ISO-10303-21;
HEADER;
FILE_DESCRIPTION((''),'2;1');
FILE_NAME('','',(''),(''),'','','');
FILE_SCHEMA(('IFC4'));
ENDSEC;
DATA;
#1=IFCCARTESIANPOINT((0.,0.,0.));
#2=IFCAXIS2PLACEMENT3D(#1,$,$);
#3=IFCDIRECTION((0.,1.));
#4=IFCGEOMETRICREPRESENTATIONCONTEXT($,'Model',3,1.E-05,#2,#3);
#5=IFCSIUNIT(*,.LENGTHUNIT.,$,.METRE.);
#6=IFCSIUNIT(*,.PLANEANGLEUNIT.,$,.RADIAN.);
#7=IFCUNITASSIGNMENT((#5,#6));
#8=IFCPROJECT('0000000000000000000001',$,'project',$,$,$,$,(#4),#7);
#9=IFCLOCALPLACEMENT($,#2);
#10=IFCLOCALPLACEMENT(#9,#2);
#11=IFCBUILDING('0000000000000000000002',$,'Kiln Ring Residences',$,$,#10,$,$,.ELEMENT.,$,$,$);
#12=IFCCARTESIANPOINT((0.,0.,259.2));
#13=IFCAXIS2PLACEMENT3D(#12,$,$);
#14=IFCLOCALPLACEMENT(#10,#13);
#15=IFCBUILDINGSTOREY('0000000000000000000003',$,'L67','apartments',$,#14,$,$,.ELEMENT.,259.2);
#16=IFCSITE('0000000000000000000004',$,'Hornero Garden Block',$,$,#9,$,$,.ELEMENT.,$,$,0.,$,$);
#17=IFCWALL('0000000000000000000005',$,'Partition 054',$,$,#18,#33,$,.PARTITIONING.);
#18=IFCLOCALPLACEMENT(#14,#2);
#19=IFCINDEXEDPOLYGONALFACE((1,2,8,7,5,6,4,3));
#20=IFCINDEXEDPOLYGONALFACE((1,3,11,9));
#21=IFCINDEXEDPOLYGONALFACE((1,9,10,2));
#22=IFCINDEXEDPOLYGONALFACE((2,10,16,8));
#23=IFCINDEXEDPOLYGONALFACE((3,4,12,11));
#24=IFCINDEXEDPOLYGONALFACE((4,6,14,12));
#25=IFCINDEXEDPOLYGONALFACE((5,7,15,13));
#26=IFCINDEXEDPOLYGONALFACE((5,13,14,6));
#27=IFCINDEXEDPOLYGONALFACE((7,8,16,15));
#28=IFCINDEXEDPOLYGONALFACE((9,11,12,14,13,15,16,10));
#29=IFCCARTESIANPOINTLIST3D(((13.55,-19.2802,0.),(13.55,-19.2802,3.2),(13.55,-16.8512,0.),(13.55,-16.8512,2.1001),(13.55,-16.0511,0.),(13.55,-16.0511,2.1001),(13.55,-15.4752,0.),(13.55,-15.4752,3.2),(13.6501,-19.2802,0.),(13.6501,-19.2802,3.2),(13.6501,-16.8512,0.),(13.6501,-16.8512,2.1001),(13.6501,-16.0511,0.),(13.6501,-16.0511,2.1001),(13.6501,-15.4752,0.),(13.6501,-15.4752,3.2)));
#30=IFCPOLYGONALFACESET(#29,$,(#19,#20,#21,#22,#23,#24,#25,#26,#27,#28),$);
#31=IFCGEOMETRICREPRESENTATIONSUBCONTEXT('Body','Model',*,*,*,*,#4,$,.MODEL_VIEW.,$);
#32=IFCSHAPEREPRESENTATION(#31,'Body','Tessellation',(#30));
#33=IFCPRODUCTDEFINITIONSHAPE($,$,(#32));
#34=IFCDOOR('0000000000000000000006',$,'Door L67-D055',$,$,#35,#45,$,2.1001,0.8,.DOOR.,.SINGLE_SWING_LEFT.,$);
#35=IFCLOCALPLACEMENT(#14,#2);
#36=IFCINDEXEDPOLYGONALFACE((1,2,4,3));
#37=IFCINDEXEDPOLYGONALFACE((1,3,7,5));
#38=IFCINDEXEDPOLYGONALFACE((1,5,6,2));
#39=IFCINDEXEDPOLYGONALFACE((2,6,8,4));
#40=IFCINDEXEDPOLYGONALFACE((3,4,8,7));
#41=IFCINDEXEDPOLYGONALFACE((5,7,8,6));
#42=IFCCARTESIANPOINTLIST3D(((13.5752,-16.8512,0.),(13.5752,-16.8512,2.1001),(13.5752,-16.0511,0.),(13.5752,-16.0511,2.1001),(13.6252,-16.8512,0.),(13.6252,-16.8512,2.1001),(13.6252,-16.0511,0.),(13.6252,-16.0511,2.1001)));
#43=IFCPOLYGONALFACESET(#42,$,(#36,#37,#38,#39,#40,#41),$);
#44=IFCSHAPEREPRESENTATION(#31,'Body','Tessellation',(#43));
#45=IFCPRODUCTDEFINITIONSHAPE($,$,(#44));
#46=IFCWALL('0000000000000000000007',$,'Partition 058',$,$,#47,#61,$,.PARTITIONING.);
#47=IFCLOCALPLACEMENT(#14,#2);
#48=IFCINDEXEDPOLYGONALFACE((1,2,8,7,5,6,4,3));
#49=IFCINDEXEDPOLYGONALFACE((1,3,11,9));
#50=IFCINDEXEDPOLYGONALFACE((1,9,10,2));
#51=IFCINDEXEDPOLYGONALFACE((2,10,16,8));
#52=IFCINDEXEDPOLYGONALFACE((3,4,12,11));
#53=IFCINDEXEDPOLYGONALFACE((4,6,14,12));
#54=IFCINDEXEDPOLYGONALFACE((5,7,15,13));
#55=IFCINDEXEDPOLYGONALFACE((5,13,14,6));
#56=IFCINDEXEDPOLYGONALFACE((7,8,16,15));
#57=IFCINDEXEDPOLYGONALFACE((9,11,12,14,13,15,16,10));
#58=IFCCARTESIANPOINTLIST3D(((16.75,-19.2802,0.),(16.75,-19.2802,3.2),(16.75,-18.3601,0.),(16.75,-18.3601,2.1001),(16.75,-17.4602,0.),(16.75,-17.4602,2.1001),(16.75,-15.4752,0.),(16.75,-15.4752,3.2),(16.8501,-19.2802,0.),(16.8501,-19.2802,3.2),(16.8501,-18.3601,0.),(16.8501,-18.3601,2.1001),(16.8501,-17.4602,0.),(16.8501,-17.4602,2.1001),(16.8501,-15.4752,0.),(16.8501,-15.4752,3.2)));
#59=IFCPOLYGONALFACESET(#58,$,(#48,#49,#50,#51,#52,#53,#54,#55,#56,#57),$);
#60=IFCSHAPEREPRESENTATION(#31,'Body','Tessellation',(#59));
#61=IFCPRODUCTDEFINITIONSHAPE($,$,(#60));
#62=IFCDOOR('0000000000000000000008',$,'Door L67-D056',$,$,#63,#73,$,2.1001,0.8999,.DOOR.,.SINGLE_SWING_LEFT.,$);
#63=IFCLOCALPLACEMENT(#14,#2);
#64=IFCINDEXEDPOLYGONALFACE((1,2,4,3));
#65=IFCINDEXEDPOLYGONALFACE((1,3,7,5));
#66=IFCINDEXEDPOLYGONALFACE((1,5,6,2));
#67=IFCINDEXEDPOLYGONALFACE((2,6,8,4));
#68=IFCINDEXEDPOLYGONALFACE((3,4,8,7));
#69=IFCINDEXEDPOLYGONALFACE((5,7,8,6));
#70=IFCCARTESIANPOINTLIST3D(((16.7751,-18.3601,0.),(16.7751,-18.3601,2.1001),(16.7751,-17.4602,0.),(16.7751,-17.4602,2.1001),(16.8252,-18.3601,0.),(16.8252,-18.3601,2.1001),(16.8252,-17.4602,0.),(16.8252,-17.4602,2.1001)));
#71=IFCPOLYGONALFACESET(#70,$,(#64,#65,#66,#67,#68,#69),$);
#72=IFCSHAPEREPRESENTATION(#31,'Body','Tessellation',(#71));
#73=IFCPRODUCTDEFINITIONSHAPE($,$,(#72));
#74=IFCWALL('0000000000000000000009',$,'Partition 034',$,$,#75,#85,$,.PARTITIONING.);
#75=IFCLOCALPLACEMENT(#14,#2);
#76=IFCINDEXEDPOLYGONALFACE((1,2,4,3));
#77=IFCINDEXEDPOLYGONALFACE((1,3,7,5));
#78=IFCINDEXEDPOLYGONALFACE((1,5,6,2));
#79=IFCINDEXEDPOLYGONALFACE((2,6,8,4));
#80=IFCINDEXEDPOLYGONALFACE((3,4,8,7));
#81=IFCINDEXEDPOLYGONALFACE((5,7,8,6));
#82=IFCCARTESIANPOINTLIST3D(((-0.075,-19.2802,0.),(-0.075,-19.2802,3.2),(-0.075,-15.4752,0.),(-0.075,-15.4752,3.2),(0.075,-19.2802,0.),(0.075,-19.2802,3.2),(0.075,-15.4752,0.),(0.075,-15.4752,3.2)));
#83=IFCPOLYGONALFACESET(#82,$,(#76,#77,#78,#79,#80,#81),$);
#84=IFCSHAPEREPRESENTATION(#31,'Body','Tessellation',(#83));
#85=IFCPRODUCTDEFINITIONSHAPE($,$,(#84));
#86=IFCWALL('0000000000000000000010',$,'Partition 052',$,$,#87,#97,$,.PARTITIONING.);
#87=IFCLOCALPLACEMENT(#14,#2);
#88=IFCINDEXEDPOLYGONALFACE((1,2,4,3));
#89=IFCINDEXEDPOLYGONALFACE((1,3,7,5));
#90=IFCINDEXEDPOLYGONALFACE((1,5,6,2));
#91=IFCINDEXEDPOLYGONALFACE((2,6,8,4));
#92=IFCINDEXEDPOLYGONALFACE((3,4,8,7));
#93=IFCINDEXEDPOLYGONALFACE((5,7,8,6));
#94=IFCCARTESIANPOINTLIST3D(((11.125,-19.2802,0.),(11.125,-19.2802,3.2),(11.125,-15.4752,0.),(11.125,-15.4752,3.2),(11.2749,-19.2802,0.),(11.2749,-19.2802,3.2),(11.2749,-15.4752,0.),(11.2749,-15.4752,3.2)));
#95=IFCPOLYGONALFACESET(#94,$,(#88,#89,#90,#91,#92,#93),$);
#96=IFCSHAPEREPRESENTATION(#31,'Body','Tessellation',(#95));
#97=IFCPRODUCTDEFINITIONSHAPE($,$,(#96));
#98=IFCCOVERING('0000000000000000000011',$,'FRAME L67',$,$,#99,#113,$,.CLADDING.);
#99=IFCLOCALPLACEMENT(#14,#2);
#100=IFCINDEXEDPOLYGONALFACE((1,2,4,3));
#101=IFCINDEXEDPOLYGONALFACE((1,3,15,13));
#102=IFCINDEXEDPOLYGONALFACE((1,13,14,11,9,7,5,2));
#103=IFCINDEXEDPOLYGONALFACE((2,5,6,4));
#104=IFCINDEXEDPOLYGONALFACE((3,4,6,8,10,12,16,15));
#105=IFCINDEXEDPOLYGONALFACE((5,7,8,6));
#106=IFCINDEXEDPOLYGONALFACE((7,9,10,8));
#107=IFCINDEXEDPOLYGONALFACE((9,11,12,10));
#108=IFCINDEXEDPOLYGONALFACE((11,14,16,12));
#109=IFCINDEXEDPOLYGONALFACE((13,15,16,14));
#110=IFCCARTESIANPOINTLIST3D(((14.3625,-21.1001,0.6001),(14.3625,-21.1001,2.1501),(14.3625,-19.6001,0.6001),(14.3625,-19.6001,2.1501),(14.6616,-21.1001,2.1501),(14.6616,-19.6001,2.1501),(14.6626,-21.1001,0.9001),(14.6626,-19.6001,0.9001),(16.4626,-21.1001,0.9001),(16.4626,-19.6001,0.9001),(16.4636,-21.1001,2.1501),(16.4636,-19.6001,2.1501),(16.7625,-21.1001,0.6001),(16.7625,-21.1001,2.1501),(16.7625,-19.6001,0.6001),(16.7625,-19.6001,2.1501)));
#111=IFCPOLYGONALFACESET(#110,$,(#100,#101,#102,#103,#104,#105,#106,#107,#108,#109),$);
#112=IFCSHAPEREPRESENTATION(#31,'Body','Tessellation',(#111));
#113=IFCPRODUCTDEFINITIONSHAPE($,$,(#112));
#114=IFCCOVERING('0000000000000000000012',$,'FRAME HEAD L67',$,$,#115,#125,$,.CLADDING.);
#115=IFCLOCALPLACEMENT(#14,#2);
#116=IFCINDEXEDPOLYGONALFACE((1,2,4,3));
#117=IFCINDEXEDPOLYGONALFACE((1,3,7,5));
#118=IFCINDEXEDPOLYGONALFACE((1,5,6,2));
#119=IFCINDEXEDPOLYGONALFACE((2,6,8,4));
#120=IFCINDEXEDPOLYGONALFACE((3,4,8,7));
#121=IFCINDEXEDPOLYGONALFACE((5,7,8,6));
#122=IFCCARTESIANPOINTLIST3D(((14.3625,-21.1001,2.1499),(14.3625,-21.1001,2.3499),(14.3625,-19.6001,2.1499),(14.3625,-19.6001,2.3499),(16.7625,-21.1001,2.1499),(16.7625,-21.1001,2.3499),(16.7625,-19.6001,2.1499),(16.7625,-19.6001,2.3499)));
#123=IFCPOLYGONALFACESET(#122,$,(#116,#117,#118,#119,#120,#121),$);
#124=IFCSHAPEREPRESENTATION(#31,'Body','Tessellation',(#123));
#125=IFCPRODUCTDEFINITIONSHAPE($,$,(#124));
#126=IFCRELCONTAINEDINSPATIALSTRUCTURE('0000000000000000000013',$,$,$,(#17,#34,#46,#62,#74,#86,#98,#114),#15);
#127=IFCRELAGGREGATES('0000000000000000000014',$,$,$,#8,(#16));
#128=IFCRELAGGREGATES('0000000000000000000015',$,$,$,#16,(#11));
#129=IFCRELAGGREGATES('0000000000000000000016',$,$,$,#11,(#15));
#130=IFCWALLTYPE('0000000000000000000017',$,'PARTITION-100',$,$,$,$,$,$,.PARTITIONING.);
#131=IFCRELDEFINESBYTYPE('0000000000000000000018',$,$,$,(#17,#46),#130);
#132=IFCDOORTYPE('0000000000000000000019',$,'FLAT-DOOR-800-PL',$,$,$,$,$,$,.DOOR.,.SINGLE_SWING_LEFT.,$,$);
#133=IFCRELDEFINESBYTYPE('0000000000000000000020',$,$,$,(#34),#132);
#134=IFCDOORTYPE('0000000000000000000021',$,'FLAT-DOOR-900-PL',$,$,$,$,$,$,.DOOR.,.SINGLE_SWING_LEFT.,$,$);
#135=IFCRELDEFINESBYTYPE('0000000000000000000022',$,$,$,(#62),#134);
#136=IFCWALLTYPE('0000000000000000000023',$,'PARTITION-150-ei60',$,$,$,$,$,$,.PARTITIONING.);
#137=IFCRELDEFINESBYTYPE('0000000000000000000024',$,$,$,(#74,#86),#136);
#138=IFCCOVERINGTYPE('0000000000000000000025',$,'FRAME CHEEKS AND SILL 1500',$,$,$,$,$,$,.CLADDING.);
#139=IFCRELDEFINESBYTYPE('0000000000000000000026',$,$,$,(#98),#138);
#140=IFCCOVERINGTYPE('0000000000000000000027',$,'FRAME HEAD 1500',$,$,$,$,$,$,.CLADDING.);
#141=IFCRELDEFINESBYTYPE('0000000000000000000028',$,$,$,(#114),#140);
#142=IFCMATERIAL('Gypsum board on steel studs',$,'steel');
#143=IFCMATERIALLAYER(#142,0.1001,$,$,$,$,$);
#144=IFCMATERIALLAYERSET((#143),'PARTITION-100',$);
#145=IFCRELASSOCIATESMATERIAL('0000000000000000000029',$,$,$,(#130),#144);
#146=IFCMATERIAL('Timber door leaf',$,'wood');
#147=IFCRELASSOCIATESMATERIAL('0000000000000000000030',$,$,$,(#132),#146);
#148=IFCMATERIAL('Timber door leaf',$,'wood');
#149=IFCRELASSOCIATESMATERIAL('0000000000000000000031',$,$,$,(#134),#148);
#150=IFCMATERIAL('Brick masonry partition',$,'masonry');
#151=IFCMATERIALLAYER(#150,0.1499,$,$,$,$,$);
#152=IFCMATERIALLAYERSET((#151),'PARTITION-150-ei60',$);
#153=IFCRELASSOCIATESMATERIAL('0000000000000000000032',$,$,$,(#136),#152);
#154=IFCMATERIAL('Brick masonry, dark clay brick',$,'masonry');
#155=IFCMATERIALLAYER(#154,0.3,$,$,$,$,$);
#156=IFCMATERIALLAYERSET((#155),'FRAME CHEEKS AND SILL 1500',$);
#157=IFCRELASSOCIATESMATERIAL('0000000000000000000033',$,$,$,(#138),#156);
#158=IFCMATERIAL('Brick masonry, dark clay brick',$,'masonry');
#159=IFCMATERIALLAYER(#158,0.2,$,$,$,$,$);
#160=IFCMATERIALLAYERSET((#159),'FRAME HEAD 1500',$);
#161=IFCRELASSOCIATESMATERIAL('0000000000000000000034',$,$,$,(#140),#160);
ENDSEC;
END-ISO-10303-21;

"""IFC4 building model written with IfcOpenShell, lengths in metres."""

from ifc_helpers import new_model, si_unit, direction, frame, frame_2d, origin, origin_2d, place, context, subcontext, project, spatial, polyline, rectangle, outline, extrude, material, layer, layer_set, type_object, element, fill, save


model = new_model("IFC4")

# Units and contexts
model_context = context("Model", 3, precision=1e-05, world=origin(), true_north=direction((0.0, 1.0)))
body_context = subcontext(model_context, "Body", "Model", "MODEL_VIEW")
ifc_project = project(units=[si_unit("LENGTHUNIT", "METRE"), si_unit("PLANEANGLEUNIT", "RADIAN")], contexts=[model_context])

# Site, building, storey
site_placement = place(None, origin())
site = spatial("IfcSite", under=ifc_project, at=site_placement, Name="Hornero Garden Block", CompositionType="ELEMENT", RefElevation=0.0)
building_placement = place(site_placement, origin())
building = spatial("IfcBuilding", under=site, at=building_placement, Name="Kiln Ring Residences", CompositionType="ELEMENT")
storey_placement = place(building_placement, frame((0.0, 0.0, 259.2)))
storey = spatial("IfcBuildingStorey", under=building, at=storey_placement, Name="L67", Description="apartments", CompositionType="ELEMENT", Elevation=259.2)

# Walls, openings, doors
ifc_material_1 = material(Name="Gypsum board on steel studs", Category="steel")
ifc_layer_1 = layer(ifc_material_1, 0.1001)
ifc_layer_set_1 = layer_set([ifc_layer_1], Name="PARTITION-100")
wall_type_1 = type_object("IfcWallType", Name="PARTITION-100", PredefinedType="PARTITIONING", material=ifc_layer_set_1)
ifc_material_2 = material(Name="Timber door leaf", Category="wood")
door_type_1 = type_object("IfcDoorType", Name="FLAT-DOOR-800-PL", OperationType="SINGLE_SWING_LEFT", PredefinedType="DOOR", material=ifc_material_2)
ifc_material_3 = material(Name="Timber door leaf", Category="wood")
door_type_2 = type_object("IfcDoorType", Name="FLAT-DOOR-900-PL", OperationType="SINGLE_SWING_LEFT", PredefinedType="DOOR", material=ifc_material_3)
wall_1_placement = place(storey_placement, frame((13.6001, -19.28, 0.0), z_axis=(0.0, 0.0, 1.0), x_axis=(0.0, 1.0, 0.0)))
wall_1 = element("IfcWall", 1, at=wall_1_placement, inside=storey, type_object=wall_type_1, Name="Partition 054", PredefinedType="PARTITIONING", context=body_context, shape_type="SweptSolid", body=[
    extrude(rectangle(XDim=3.8049, YDim=0.1001, at=frame_2d((1.9023, 0.0))), origin(), (0.0, 0.0, 1.0), 3.2),
])
opening_1_placement = place(wall_1_placement, frame((2.429, 0.0, 0.0)))
opening_1 = element("IfcOpeningElement", 2, at=opening_1_placement, cuts=wall_1, PredefinedType="OPENING", context=body_context, shape_type="SweptSolid", body=[
    extrude(rectangle(XDim=0.8, YDim=2.1001, at=frame_2d((0.3999, 1.05))), frame((0.0, 0.0601, 0.0), z_axis=(0.0, -1.0, 0.0), x_axis=(1.0, 0.0, 0.0)), (0.0, 0.0, 1.0), 0.1201),
])
door_1_placement = place(opening_1_placement, origin())
door_1 = element("IfcDoor", 3, at=door_1_placement, inside=storey, type_object=door_type_1, Name="Door L67-D055", OperationType="SINGLE_SWING_LEFT", OverallHeight=2.1001, OverallWidth=0.8, PredefinedType="DOOR", context=body_context, shape_type="SweptSolid", body=[
    extrude(rectangle(XDim=0.8, YDim=2.1001, at=frame_2d((0.3999, 1.05))), frame((0.0, 0.0249, 0.0), z_axis=(0.0, -1.0, 0.0), x_axis=(1.0, 0.0, 0.0)), (0.0, 0.0, 1.0), 0.05),
])
fill(opening_1, door_1)
wall_2_placement = place(storey_placement, frame((16.8, -19.28, 0.0), z_axis=(0.0, 0.0, 1.0), x_axis=(0.0, 1.0, 0.0)))
wall_2 = element("IfcWall", 4, at=wall_2_placement, inside=storey, type_object=wall_type_1, Name="Partition 058", PredefinedType="PARTITIONING", context=body_context, shape_type="SweptSolid", body=[
    extrude(rectangle(XDim=3.8049, YDim=0.1001, at=frame_2d((1.9023, 0.0))), origin(), (0.0, 0.0, 1.0), 3.2),
])
opening_2_placement = place(wall_2_placement, frame((0.9199, 0.0, 0.0)))
opening_2 = element("IfcOpeningElement", 5, at=opening_2_placement, cuts=wall_2, PredefinedType="OPENING", context=body_context, shape_type="SweptSolid", body=[
    extrude(rectangle(XDim=0.8999, YDim=2.1001, at=frame_2d((0.45, 1.05))), frame((0.0, 0.0601, 0.0), z_axis=(0.0, -1.0, 0.0), x_axis=(1.0, 0.0, 0.0)), (0.0, 0.0, 1.0), 0.1201),
])
door_2_placement = place(opening_2_placement, origin())
door_2 = element("IfcDoor", 6, at=door_2_placement, inside=storey, type_object=door_type_2, Name="Door L67-D056", OperationType="SINGLE_SWING_LEFT", OverallHeight=2.1001, OverallWidth=0.8999, PredefinedType="DOOR", context=body_context, shape_type="SweptSolid", body=[
    extrude(rectangle(XDim=0.8999, YDim=2.1001, at=frame_2d((0.45, 1.05))), frame((0.0, 0.0249, 0.0), z_axis=(0.0, -1.0, 0.0), x_axis=(1.0, 0.0, 0.0)), (0.0, 0.0, 1.0), 0.05),
])
fill(opening_2, door_2)

# Walls
ifc_material_4 = material(Name="Brick masonry partition", Category="masonry")
ifc_layer_2 = layer(ifc_material_4, 0.1499)
ifc_layer_set_2 = layer_set([ifc_layer_2], Name="PARTITION-150-ei60")
wall_type_2 = type_object("IfcWallType", Name="PARTITION-150-ei60", PredefinedType="PARTITIONING", material=ifc_layer_set_2)
for number, where, z_axis, x_axis, name in (
    (7, (0.0, -19.28, 0.0), (0.0, 0.0, 1.0), (0.0, 1.0, 0.0), "Partition 034"),
    (8, (11.2, -19.28, 0.0), (0.0, 0.0, 1.0), (0.0, 1.0, 0.0), "Partition 052"),
):
    element("IfcWall", number, at=place(storey_placement, frame(where, z_axis=z_axis, x_axis=x_axis)), inside=storey, type_object=wall_type_2, Name=name, PredefinedType="PARTITIONING", context=body_context, shape_type="SweptSolid", body=[
        extrude(rectangle(XDim=3.8049, YDim=0.1499, at=frame_2d((1.9023, 0.0))), origin(), (0.0, 0.0, 1.0), 3.2),
    ])

# Coverings
ifc_material_5 = material(Name="Brick masonry, dark clay brick", Category="masonry")
ifc_layer_3 = layer(ifc_material_5, 0.3)
ifc_layer_set_3 = layer_set([ifc_layer_3], Name="FRAME CHEEKS AND SILL 1500")
covering_type_1 = type_object("IfcCoveringType", Name="FRAME CHEEKS AND SILL 1500", PredefinedType="CLADDING", material=ifc_layer_set_3)
covering_1_placement = place(storey_placement, frame((14.3625, -20.3501, 0.6001), z_axis=(0.0, 0.0, 1.0), x_axis=(1.0, 0.0, 0.0)))
element("IfcCovering", 9, at=covering_1_placement, inside=storey, type_object=covering_type_1, Name="FRAME L67", PredefinedType="CLADDING", context=body_context, shape_type="SweptSolid", body=[
    extrude(outline(polyline([(0.0, 0.0), (2.3999, 0.0), (2.3999, 1.55), (2.1011, 1.55), (2.1001, 0.3), (0.3, 0.3), (0.2991, 1.55), (0.0, 1.55), (0.0, 0.0)])), frame((0.0, 0.75, 0.0), z_axis=(0.0, -1.0, 0.0), x_axis=(1.0, 0.0, 0.0)), (0.0, 0.0, 1.0), 1.5),
])
ifc_material_6 = material(Name="Brick masonry, dark clay brick", Category="masonry")
ifc_layer_4 = layer(ifc_material_6, 0.2)
ifc_layer_set_4 = layer_set([ifc_layer_4], Name="FRAME HEAD 1500")
covering_type_2 = type_object("IfcCoveringType", Name="FRAME HEAD 1500", PredefinedType="CLADDING", material=ifc_layer_set_4)
covering_2_placement = place(storey_placement, frame((15.5625, -20.3501, 2.1499), z_axis=(0.0, 0.0, 1.0), x_axis=(1.0, 0.0, 0.0)))
element("IfcCovering", 10, at=covering_2_placement, inside=storey, type_object=covering_type_2, Name="FRAME HEAD L67", PredefinedType="CLADDING", context=body_context, shape_type="SweptSolid", body=[
    extrude(rectangle(XDim=2.3999, YDim=1.5, at=origin_2d()), origin(), (0.0, 0.0, 1.0), 0.2),
])

save(model, "model.ifc")
